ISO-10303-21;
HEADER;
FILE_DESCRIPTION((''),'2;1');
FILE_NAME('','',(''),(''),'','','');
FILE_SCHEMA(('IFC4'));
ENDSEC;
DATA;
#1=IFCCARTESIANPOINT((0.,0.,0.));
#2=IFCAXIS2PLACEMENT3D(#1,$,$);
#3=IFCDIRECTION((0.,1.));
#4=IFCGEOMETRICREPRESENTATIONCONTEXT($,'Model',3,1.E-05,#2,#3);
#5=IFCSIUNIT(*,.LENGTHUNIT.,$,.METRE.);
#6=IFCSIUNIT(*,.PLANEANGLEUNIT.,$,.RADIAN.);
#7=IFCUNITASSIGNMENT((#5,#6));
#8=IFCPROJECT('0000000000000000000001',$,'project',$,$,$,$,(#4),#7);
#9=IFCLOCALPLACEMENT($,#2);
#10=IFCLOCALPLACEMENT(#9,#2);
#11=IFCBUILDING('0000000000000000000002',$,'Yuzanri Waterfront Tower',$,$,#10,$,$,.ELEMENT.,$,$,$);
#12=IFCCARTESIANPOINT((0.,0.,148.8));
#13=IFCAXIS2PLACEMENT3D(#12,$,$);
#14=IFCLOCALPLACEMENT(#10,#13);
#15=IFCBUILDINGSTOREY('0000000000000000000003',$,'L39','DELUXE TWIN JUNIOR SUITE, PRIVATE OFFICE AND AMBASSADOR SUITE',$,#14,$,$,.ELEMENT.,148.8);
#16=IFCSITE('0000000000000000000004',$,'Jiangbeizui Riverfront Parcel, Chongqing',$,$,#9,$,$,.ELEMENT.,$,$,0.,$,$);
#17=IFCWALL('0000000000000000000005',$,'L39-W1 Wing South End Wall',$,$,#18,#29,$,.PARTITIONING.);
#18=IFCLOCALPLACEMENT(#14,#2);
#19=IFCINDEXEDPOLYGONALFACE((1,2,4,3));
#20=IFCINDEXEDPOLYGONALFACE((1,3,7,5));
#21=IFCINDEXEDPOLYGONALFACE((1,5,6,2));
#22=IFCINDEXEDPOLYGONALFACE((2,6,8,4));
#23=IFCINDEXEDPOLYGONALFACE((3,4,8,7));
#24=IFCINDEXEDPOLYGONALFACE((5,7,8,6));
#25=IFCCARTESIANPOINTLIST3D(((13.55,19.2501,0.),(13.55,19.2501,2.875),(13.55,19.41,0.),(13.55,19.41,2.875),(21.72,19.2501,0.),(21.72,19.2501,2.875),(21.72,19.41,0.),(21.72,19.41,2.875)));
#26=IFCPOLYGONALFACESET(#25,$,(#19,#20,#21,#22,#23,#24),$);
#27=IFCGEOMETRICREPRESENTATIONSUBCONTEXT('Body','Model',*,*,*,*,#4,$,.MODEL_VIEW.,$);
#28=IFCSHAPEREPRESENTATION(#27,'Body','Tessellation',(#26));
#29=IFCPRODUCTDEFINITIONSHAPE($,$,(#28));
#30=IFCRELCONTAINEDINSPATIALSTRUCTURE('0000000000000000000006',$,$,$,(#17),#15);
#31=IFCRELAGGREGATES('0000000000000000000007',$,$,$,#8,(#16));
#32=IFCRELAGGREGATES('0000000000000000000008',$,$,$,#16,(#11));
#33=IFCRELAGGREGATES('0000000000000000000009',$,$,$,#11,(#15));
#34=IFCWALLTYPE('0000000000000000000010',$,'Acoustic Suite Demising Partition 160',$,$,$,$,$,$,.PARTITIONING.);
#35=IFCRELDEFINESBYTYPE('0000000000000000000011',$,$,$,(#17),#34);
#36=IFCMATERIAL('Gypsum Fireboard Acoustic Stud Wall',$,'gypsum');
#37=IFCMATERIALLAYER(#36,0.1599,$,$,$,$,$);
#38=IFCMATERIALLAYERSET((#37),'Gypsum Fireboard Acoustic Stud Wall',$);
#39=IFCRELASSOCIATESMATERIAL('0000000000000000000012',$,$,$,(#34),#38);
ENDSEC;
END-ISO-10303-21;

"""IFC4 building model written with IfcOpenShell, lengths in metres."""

from ifc_helpers import new_model, si_unit, direction, frame, frame_2d, origin, place, context, subcontext, project, spatial, rectangle, extrude, source, transform, mapped, material, layer, layer_set, type_object, element, save


model = new_model("IFC4")

# Units and contexts
model_context = context("Model", 3, precision=1e-05, world=origin(), true_north=direction((0.0, 1.0)))
body_context = subcontext(model_context, "Body", "Model", "MODEL_VIEW")
ifc_project = project(units=[si_unit("LENGTHUNIT", "METRE"), si_unit("PLANEANGLEUNIT", "RADIAN")], contexts=[model_context])

# Site, building, storey
site_placement = place(None, origin())
site = spatial("IfcSite", under=ifc_project, at=site_placement, Name="Jiangbeizui Riverfront Parcel, Chongqing", CompositionType="ELEMENT", RefElevation=0.0)
building_placement = place(site_placement, origin())
building = spatial("IfcBuilding", under=site, at=building_placement, Name="Yuzanri Waterfront Tower", CompositionType="ELEMENT")
storey_placement = place(building_placement, frame((0.0, 0.0, 148.8)))
storey = spatial("IfcBuildingStorey", under=building, at=storey_placement, Name="L39", Description="DELUXE TWIN JUNIOR SUITE, PRIVATE OFFICE AND AMBASSADOR SUITE", CompositionType="ELEMENT", Elevation=148.8)

# Wall
ifc_material_1 = material(Name="Gypsum Fireboard Acoustic Stud Wall", Category="gypsum")
ifc_layer_1 = layer(ifc_material_1, 0.1599)
ifc_layer_set_1 = layer_set([ifc_layer_1], Name="Gypsum Fireboard Acoustic Stud Wall")
wall_type_1 = type_object("IfcWallType", Name="Acoustic Suite Demising Partition 160", PredefinedType="PARTITIONING", material=ifc_layer_set_1)
shared_shape_1 = source(origin(), body_context, "Body", "SweptSolid", [
    extrude(rectangle(XDim=8.1699, YDim=0.1599, at=frame_2d((4.085, 0.0))), origin(), (0.0, 0.0, 1.0), 2.875),
])
wall_1_placement = place(storey_placement, frame((13.55, 19.3301, 0.0), z_axis=(0.0, 0.0, 1.0), x_axis=(1.0, 0.0, 0.0)))
element("IfcWall", 1, at=wall_1_placement, inside=storey, type_object=wall_type_1, Name="L39-W1 Wing South End Wall", PredefinedType="PARTITIONING", context=body_context, shape_type="MappedRepresentation", body=[
    mapped(shared_shape_1, transform((0.0, 0.0, 0.0), scale=1.0)),
])

save(model, "model.ifc")
